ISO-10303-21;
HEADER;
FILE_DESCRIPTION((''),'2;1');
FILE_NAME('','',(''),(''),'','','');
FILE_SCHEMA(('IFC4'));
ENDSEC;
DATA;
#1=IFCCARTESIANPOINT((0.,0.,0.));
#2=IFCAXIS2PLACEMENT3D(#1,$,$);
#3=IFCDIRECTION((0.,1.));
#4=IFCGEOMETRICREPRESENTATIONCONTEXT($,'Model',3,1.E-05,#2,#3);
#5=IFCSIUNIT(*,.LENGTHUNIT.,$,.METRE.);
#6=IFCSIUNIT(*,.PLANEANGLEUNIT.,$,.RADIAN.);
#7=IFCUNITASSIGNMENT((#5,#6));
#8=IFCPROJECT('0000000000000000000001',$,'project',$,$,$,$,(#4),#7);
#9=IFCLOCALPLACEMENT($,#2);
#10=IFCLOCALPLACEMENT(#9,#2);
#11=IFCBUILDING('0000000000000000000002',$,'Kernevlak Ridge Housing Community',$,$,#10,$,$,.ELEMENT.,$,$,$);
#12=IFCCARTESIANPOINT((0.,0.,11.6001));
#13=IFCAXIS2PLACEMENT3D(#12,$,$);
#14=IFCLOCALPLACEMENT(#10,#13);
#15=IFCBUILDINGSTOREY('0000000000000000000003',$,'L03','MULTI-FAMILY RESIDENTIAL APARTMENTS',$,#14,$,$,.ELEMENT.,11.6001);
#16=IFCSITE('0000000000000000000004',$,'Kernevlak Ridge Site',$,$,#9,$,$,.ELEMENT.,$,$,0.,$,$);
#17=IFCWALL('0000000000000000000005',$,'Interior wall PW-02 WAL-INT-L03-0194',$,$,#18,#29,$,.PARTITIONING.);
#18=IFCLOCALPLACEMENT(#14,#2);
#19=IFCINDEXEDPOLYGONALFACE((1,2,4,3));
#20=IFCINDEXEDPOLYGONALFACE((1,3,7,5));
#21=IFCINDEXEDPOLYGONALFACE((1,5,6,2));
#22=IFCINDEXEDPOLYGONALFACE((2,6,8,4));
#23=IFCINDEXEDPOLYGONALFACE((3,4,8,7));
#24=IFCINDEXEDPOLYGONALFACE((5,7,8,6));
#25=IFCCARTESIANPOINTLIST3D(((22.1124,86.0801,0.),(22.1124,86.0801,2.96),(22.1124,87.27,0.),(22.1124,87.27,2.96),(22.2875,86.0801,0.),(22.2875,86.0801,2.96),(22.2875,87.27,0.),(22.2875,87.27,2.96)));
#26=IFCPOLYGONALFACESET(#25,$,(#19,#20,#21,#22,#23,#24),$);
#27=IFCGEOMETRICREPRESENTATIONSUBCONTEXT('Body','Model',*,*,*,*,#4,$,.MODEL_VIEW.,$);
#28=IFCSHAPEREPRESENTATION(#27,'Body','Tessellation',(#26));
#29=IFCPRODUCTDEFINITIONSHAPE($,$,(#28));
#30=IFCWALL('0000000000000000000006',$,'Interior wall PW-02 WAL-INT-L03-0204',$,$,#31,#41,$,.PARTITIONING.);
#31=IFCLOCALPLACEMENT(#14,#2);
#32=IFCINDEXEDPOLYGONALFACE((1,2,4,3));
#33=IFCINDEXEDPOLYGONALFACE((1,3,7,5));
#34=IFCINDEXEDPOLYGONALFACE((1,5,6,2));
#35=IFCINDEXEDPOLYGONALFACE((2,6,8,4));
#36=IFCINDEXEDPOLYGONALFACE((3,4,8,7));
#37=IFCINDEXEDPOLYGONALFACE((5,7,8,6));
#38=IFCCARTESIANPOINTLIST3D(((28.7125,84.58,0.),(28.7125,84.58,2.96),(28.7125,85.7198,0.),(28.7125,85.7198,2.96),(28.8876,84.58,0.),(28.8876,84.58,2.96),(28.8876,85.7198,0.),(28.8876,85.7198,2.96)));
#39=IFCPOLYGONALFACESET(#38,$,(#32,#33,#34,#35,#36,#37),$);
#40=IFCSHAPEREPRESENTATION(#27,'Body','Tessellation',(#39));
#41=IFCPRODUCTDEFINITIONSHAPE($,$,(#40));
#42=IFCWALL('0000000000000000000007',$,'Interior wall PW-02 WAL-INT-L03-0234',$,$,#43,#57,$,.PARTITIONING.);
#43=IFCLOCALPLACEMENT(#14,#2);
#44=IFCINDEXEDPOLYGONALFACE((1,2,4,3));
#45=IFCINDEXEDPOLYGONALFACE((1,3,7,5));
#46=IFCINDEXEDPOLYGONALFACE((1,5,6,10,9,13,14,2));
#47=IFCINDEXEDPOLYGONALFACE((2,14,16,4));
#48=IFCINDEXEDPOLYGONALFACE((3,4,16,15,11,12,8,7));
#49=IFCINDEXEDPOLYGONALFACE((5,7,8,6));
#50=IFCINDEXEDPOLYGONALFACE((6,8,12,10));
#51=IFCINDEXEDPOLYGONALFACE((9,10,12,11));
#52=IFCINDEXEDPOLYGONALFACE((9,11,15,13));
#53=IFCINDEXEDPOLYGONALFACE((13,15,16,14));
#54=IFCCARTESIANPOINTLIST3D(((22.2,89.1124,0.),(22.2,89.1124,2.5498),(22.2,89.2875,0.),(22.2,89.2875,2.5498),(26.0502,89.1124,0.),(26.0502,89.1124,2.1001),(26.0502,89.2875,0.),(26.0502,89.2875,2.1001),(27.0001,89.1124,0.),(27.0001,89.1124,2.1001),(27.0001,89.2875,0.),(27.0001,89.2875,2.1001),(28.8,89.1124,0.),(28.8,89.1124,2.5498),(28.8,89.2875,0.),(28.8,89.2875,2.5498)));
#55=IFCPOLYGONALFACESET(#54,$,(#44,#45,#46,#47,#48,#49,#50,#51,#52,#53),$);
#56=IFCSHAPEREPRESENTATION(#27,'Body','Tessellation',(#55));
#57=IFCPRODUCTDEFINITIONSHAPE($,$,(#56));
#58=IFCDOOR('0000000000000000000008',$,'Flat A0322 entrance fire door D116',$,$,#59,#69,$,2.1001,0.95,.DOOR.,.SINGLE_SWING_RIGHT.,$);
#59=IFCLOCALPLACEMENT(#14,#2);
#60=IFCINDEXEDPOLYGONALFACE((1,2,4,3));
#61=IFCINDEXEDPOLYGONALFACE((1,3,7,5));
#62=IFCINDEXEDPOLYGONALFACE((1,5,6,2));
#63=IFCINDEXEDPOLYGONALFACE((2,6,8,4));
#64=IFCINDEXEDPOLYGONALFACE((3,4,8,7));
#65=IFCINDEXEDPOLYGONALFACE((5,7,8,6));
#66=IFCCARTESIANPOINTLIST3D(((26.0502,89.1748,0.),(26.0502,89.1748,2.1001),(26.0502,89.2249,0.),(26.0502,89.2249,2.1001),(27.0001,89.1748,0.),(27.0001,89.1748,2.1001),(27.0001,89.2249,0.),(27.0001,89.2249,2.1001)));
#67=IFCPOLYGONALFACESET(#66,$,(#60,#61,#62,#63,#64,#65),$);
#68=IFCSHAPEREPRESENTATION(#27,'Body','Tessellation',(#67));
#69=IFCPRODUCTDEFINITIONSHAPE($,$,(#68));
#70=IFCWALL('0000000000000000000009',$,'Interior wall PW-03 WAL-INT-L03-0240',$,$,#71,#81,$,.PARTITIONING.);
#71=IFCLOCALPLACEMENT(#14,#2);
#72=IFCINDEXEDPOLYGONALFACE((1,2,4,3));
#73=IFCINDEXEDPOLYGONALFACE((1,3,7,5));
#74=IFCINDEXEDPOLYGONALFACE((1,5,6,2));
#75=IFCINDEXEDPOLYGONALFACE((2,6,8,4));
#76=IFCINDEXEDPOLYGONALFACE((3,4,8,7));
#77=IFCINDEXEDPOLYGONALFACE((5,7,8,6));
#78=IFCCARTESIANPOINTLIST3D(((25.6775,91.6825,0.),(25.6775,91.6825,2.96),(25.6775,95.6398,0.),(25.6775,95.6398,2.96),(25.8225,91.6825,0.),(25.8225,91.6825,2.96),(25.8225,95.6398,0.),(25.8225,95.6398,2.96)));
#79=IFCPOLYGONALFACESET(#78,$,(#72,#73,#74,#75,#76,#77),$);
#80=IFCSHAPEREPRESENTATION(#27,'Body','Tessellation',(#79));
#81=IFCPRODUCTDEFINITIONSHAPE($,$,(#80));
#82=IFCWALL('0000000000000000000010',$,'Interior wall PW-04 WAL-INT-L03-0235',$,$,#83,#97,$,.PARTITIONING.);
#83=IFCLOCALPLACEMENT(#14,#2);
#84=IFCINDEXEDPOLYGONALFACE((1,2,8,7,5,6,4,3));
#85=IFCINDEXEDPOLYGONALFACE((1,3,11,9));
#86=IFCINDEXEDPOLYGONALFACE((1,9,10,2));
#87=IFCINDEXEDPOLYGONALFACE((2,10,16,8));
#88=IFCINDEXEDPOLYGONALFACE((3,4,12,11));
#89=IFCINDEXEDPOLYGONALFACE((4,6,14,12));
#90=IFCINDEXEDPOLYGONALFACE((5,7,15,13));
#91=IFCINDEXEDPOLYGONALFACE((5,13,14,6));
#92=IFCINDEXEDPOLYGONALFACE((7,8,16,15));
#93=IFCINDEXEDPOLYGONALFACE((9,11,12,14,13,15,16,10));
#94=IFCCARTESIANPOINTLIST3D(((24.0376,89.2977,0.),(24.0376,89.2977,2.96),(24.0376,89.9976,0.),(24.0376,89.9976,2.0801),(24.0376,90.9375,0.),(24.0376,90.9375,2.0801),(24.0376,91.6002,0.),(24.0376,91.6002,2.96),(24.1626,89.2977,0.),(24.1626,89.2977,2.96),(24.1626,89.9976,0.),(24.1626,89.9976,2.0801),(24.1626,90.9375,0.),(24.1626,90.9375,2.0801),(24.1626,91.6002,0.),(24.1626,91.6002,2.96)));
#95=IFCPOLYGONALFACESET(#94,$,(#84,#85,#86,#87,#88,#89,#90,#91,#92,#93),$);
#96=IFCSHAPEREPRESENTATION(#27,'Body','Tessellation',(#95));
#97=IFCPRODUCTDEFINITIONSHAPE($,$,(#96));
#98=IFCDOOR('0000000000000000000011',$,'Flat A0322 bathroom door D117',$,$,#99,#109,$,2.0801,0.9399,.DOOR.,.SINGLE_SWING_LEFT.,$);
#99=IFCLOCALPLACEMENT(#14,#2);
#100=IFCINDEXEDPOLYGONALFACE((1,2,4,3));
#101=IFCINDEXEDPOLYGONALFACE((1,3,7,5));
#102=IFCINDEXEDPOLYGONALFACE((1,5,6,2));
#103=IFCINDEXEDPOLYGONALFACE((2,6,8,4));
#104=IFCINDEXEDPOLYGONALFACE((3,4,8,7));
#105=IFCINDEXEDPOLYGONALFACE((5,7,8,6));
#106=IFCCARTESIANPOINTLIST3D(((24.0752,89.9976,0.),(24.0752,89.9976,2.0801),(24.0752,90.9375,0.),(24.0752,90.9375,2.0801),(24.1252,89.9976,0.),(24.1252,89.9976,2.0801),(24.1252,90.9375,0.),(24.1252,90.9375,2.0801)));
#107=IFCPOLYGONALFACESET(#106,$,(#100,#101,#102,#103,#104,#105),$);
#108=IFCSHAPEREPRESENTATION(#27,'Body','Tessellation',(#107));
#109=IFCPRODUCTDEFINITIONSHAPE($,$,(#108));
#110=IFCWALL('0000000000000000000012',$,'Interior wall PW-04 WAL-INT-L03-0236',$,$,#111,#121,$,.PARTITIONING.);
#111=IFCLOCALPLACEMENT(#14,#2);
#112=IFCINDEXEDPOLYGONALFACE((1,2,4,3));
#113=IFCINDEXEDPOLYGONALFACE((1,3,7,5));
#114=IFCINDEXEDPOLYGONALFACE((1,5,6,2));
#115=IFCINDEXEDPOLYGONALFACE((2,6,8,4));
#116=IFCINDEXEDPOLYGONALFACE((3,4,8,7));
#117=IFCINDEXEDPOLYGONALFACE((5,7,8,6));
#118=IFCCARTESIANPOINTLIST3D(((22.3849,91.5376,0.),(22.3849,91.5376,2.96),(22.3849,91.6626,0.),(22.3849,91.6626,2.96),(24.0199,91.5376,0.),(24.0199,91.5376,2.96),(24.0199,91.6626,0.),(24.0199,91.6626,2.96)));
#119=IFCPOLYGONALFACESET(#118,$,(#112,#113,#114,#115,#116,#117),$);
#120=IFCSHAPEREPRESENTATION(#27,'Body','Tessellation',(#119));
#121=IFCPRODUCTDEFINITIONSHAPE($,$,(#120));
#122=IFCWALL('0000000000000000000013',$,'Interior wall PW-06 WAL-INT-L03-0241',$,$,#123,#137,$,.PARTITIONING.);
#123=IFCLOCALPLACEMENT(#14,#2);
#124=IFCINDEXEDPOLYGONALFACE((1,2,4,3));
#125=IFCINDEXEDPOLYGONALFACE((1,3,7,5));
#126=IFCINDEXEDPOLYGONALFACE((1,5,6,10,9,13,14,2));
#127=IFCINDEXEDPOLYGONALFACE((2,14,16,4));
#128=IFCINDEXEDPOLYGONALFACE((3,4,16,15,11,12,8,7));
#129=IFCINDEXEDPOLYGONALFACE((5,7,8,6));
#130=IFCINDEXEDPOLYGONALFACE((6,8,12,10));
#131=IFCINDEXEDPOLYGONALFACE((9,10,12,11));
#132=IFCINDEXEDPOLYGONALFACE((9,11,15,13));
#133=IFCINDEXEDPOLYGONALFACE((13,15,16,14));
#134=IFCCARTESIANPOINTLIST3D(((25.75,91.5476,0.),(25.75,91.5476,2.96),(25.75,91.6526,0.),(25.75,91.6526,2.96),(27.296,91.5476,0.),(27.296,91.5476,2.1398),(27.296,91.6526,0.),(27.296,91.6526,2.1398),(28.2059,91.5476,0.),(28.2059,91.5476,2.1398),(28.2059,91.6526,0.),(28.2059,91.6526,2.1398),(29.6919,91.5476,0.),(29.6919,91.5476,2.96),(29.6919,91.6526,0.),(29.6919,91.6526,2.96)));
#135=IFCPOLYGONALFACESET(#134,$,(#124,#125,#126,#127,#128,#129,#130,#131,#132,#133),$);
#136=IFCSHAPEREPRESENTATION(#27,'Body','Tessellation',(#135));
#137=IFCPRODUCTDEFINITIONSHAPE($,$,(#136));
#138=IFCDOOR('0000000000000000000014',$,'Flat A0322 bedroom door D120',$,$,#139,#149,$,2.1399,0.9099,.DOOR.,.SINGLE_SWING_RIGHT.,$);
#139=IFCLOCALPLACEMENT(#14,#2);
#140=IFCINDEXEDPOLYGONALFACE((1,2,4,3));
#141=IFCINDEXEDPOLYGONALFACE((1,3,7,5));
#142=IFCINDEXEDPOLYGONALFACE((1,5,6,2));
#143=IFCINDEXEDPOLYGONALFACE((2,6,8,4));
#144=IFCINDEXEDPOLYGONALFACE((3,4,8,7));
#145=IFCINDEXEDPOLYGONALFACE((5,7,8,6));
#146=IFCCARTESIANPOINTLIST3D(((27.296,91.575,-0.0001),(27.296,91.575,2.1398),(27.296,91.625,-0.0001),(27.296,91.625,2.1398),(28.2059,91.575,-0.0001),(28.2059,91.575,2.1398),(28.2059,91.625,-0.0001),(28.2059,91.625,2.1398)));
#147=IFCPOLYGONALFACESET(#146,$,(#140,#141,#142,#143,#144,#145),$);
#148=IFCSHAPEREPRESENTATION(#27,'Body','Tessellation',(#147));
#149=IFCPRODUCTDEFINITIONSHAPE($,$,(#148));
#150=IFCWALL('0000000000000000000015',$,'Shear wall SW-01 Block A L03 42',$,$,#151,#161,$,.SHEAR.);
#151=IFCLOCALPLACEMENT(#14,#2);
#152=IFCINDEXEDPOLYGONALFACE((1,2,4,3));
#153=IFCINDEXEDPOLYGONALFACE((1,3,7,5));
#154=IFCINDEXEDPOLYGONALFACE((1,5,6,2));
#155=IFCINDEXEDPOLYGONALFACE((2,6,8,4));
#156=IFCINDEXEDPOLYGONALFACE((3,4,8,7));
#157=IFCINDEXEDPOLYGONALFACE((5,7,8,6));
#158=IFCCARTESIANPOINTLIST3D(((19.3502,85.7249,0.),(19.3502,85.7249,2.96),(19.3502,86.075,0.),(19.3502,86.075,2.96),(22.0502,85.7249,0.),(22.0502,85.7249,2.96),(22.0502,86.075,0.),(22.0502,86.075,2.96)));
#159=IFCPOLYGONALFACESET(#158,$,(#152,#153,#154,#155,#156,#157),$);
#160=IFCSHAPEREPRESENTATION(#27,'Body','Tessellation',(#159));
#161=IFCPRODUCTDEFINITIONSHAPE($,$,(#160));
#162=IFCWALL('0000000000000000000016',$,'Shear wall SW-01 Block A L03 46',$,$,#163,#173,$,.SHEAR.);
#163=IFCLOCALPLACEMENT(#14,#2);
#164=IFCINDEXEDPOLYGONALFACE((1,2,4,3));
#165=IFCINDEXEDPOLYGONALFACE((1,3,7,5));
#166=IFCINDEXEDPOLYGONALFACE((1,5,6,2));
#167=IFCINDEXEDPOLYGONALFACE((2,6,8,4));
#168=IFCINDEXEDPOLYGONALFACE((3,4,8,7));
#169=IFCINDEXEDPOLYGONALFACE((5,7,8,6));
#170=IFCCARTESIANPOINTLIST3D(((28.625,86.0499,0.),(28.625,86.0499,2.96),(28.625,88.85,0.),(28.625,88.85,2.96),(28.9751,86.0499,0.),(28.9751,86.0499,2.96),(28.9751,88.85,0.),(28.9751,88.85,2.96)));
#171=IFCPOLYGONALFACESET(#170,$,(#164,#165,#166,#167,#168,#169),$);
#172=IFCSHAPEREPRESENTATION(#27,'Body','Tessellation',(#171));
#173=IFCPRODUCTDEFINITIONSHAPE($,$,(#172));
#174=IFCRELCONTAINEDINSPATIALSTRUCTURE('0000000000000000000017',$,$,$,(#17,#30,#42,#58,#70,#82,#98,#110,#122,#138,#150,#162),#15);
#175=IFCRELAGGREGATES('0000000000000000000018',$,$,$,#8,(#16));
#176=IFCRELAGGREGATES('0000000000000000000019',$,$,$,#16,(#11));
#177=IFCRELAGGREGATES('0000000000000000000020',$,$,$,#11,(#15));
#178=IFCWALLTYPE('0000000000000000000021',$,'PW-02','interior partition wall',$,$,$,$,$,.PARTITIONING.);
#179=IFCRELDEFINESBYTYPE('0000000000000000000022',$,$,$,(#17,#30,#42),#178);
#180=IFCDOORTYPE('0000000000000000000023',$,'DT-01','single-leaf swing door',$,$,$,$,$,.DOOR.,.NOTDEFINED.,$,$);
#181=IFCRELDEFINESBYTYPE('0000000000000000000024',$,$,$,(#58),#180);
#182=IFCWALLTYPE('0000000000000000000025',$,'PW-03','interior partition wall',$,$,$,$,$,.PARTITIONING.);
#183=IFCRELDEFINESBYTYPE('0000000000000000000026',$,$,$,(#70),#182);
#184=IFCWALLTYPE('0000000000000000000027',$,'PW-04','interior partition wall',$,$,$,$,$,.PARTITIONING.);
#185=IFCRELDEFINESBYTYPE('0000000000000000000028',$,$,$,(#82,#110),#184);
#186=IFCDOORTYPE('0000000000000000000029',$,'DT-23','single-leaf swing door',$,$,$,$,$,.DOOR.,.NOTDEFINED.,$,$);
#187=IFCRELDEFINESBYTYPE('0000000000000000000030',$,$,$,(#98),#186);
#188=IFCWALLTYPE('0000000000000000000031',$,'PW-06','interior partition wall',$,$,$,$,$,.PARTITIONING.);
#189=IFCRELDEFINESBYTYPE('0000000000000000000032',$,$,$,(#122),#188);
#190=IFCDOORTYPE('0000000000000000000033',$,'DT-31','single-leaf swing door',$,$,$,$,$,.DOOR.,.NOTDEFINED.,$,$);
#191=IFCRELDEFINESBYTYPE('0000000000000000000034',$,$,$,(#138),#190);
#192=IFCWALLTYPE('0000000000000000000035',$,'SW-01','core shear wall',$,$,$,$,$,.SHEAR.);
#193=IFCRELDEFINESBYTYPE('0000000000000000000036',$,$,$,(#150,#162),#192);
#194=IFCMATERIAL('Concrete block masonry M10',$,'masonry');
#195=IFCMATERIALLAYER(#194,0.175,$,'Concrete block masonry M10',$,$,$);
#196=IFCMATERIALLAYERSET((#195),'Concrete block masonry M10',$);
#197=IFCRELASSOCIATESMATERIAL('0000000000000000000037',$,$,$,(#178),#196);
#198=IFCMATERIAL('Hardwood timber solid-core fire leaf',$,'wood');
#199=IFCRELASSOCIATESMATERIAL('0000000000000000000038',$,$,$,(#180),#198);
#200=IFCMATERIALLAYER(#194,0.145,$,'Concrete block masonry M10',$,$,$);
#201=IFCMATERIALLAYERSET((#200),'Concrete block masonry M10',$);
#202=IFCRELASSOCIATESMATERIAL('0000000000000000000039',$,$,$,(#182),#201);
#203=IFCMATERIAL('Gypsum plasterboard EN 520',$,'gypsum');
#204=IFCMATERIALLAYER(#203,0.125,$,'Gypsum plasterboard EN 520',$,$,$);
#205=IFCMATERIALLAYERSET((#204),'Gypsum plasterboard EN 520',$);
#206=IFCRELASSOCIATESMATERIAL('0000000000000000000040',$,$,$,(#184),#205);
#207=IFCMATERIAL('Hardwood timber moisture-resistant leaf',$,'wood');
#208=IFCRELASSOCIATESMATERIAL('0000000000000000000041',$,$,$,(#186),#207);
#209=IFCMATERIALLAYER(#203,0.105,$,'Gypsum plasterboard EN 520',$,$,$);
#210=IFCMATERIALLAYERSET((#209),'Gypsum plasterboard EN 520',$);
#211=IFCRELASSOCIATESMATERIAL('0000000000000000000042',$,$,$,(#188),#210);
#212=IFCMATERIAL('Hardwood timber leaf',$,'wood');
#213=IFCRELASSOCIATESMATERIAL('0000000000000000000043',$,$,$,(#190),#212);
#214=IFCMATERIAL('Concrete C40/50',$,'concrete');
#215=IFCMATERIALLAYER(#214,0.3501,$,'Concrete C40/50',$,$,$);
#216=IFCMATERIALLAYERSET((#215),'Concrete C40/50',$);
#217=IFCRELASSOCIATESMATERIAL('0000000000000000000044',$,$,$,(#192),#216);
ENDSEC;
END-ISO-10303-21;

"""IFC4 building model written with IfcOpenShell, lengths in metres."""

from ifc_helpers import new_model, si_unit, direction, frame, frame_2d, origin, place, context, subcontext, project, spatial, rectangle, extrude, material, layer, layer_set, type_object, element, fill, save


model = new_model("IFC4")

# Units and contexts
model_context = context("Model", 3, precision=1e-05, world=origin(), true_north=direction((0.0, 1.0)))
body_context = subcontext(model_context, "Body", "Model", "MODEL_VIEW")
ifc_project = project(units=[si_unit("LENGTHUNIT", "METRE"), si_unit("PLANEANGLEUNIT", "RADIAN")], contexts=[model_context])

# Site, building, storey
site_placement = place(None, origin())
site = spatial("IfcSite", under=ifc_project, at=site_placement, Name="Kernevlak Ridge Site", CompositionType="ELEMENT", RefElevation=0.0)
building_placement = place(site_placement, origin())
building = spatial("IfcBuilding", under=site, at=building_placement, Name="Kernevlak Ridge Housing Community", CompositionType="ELEMENT")
storey_placement = place(building_placement, frame((0.0, 0.0, 11.6001)))
storey = spatial("IfcBuildingStorey", under=building, at=storey_placement, Name="L03", Description="MULTI-FAMILY RESIDENTIAL APARTMENTS", CompositionType="ELEMENT", Elevation=11.6001)

# Shared definitions
ifc_material_1 = material(Name="Concrete C40/50", Category="concrete")

# Shared definitions
ifc_material_2 = material(Name="Concrete block masonry M10", Category="masonry")

# Walls
ifc_layer_1 = layer(ifc_material_2, 0.175, Name="Concrete block masonry M10")
ifc_layer_set_1 = layer_set([ifc_layer_1], Name="Concrete block masonry M10")
wall_type_1 = type_object("IfcWallType", Name="PW-02", Description="interior partition wall", PredefinedType="PARTITIONING", material=ifc_layer_set_1)
wall_1_placement = place(storey_placement, frame((22.2, 86.0801, 0.0), z_axis=(0.0, 0.0, 1.0), x_axis=(0.0, 1.0, 0.0)))
element("IfcWall", 1, at=wall_1_placement, inside=storey, type_object=wall_type_1, Name="Interior wall PW-02 WAL-INT-L03-0194", PredefinedType="PARTITIONING", context=body_context, shape_type="SweptSolid", body=[
    extrude(rectangle(XDim=1.1899, YDim=0.175, at=frame_2d((0.595, 0.0))), origin(), (0.0, 0.0, 1.0), 2.96),
])
wall_2_placement = place(storey_placement, frame((28.8, 84.5801, 0.0), z_axis=(0.0, 0.0, 1.0), x_axis=(0.0, 1.0, 0.0)))
element("IfcWall", 2, at=wall_2_placement, inside=storey, type_object=wall_type_1, Name="Interior wall PW-02 WAL-INT-L03-0204", PredefinedType="PARTITIONING", context=body_context, shape_type="SweptSolid", body=[
    extrude(rectangle(XDim=1.1399, YDim=0.175, at=frame_2d((0.5698, 0.0))), origin(), (0.0, 0.0, 1.0), 2.96),
])

# Wall, opening, door
wall_3_placement = place(storey_placement, frame((22.2, 89.2, 0.0), z_axis=(0.0, 0.0, 1.0), x_axis=(1.0, 0.0, 0.0)))
wall_3 = element("IfcWall", 3, at=wall_3_placement, inside=storey, type_object=wall_type_1, Name="Interior wall PW-02 WAL-INT-L03-0234", PredefinedType="PARTITIONING", context=body_context, shape_type="SweptSolid", body=[
    extrude(rectangle(XDim=6.6001, YDim=0.175, at=frame_2d((3.3, 0.0))), origin(), (0.0, 0.0, 1.0), 2.5498),
])
opening_1_placement = place(wall_3_placement, frame((3.8501, 0.0, 0.0)))
opening_1 = element("IfcOpeningElement", 4, at=opening_1_placement, cuts=wall_3, PredefinedType="OPENING", context=body_context, shape_type="SweptSolid", body=[
    extrude(rectangle(XDim=0.95, YDim=2.1001, at=frame_2d((0.4751, 1.05))), frame((0.0, 0.0974, 0.0), z_axis=(0.0, -1.0, 0.0), x_axis=(1.0, 0.0, 0.0)), (0.0, 0.0, 1.0), 0.1951),
])
ifc_material_3 = material(Name="Hardwood timber solid-core fire leaf", Category="wood")
door_type_1 = type_object("IfcDoorType", Name="DT-01", Description="single-leaf swing door", OperationType="NOTDEFINED", PredefinedType="DOOR", material=ifc_material_3)
door_1_placement = place(opening_1_placement, origin())
door_1 = element("IfcDoor", 5, at=door_1_placement, inside=storey, type_object=door_type_1, Name="Flat A0322 entrance fire door D116", OperationType="SINGLE_SWING_RIGHT", OverallHeight=2.1001, OverallWidth=0.95, PredefinedType="DOOR", context=body_context, shape_type="SweptSolid", body=[
    extrude(rectangle(XDim=0.95, YDim=2.1001, at=frame_2d((0.4751, 1.05))), frame((0.0, 0.0249, 0.0), z_axis=(0.0, -1.0, 0.0), x_axis=(1.0, 0.0, 0.0)), (0.0, 0.0, 1.0), 0.05),
])
fill(opening_1, door_1)
ifc_layer_2 = layer(ifc_material_2, 0.145, Name="Concrete block masonry M10")
ifc_layer_set_2 = layer_set([ifc_layer_2], Name="Concrete block masonry M10")
wall_type_2 = type_object("IfcWallType", Name="PW-03", Description="interior partition wall", PredefinedType="PARTITIONING", material=ifc_layer_set_2)
ifc_material_4 = material(Name="Hardwood timber leaf", Category="wood")

# Wall
wall_4_placement = place(storey_placement, frame((25.75, 91.6826, 0.0), z_axis=(0.0, 0.0, 1.0), x_axis=(0.0, 1.0, 0.0)))
element("IfcWall", 6, at=wall_4_placement, inside=storey, type_object=wall_type_2, Name="Interior wall PW-03 WAL-INT-L03-0240", PredefinedType="PARTITIONING", context=body_context, shape_type="SweptSolid", body=[
    extrude(rectangle(XDim=3.9573, YDim=0.145, at=frame_2d((1.9785, 0.0))), origin(), (0.0, 0.0, 1.0), 2.96),
])

# Wall, opening, door
ifc_material_5 = material(Name="Gypsum plasterboard EN 520", Category="gypsum")
ifc_layer_3 = layer(ifc_material_5, 0.125, Name="Gypsum plasterboard EN 520")
ifc_layer_set_3 = layer_set([ifc_layer_3], Name="Gypsum plasterboard EN 520")
wall_type_3 = type_object("IfcWallType", Name="PW-04", Description="interior partition wall", PredefinedType="PARTITIONING", material=ifc_layer_set_3)
wall_5_placement = place(storey_placement, frame((24.1001, 89.2976, 0.0), z_axis=(0.0, 0.0, 1.0), x_axis=(0.0, 1.0, 0.0)))
wall_5 = element("IfcWall", 7, at=wall_5_placement, inside=storey, type_object=wall_type_3, Name="Interior wall PW-04 WAL-INT-L03-0235", PredefinedType="PARTITIONING", context=body_context, shape_type="SweptSolid", body=[
    extrude(rectangle(XDim=2.3025, YDim=0.125, at=frame_2d((1.1514, 0.0))), origin(), (0.0, 0.0, 1.0), 2.96),
])
opening_2_placement = place(wall_5_placement, frame((0.7, 0.0, 0.0)))
opening_2 = element("IfcOpeningElement", 8, at=opening_2_placement, cuts=wall_5, PredefinedType="OPENING", context=body_context, shape_type="SweptSolid", body=[
    extrude(rectangle(XDim=0.9399, YDim=2.0801, at=frame_2d((0.47, 1.04))), frame((0.0, 0.0725, 0.0), z_axis=(0.0, -1.0, 0.0), x_axis=(1.0, 0.0, 0.0)), (0.0, 0.0, 1.0), 0.145),
])
ifc_material_6 = material(Name="Hardwood timber moisture-resistant leaf", Category="wood")
door_type_2 = type_object("IfcDoorType", Name="DT-23", Description="single-leaf swing door", OperationType="NOTDEFINED", PredefinedType="DOOR", material=ifc_material_6)
door_2_placement = place(opening_2_placement, origin())
door_2 = element("IfcDoor", 9, at=door_2_placement, inside=storey, type_object=door_type_2, Name="Flat A0322 bathroom door D117", OperationType="SINGLE_SWING_LEFT", OverallHeight=2.0801, OverallWidth=0.9399, PredefinedType="DOOR", context=body_context, shape_type="SweptSolid", body=[
    extrude(rectangle(XDim=0.9399, YDim=2.0801, at=frame_2d((0.47, 1.04))), frame((0.0, 0.0249, 0.0), z_axis=(0.0, -1.0, 0.0), x_axis=(1.0, 0.0, 0.0)), (0.0, 0.0, 1.0), 0.05),
])
fill(opening_2, door_2)

# Wall
wall_6_placement = place(storey_placement, frame((22.385, 91.6001, 0.0), z_axis=(0.0, 0.0, 1.0), x_axis=(1.0, 0.0, 0.0)))
element("IfcWall", 10, at=wall_6_placement, inside=storey, type_object=wall_type_3, Name="Interior wall PW-04 WAL-INT-L03-0236", PredefinedType="PARTITIONING", context=body_context, shape_type="SweptSolid", body=[
    extrude(rectangle(XDim=1.635, YDim=0.125, at=frame_2d((0.8174, 0.0))), origin(), (0.0, 0.0, 1.0), 2.96),
])

# Wall, opening, door
ifc_layer_4 = layer(ifc_material_5, 0.105, Name="Gypsum plasterboard EN 520")
ifc_layer_set_4 = layer_set([ifc_layer_4], Name="Gypsum plasterboard EN 520")
wall_type_4 = type_object("IfcWallType", Name="PW-06", Description="interior partition wall", PredefinedType="PARTITIONING", material=ifc_layer_set_4)
wall_7_placement = place(storey_placement, frame((25.75, 91.6001, 0.0), z_axis=(0.0, 0.0, 1.0), x_axis=(1.0, 0.0, 0.0)))
wall_7 = element("IfcWall", 11, at=wall_7_placement, inside=storey, type_object=wall_type_4, Name="Interior wall PW-06 WAL-INT-L03-0241", PredefinedType="PARTITIONING", context=body_context, shape_type="SweptSolid", body=[
    extrude(rectangle(XDim=3.9419, YDim=0.105, at=frame_2d((1.9709, 0.0))), origin(), (0.0, 0.0, 1.0), 2.96),
])
opening_3_placement = place(wall_7_placement, frame((1.5459, 0.0, 0.0)))
opening_3 = element("IfcOpeningElement", 12, at=opening_3_placement, cuts=wall_7, PredefinedType="OPENING", context=body_context, shape_type="SweptSolid", body=[
    extrude(rectangle(XDim=0.9099, YDim=2.1399, at=frame_2d((0.4551, 1.0698))), frame((0.0, 0.0625, 0.0), z_axis=(0.0, -1.0, 0.0), x_axis=(1.0, 0.0, 0.0)), (0.0, 0.0, 1.0), 0.125),
])
door_type_3 = type_object("IfcDoorType", Name="DT-31", Description="single-leaf swing door", OperationType="NOTDEFINED", PredefinedType="DOOR", material=ifc_material_4)
door_3_placement = place(opening_3_placement, origin())
door_3 = element("IfcDoor", 13, at=door_3_placement, inside=storey, type_object=door_type_3, Name="Flat A0322 bedroom door D120", OperationType="SINGLE_SWING_RIGHT", OverallHeight=2.1399, OverallWidth=0.9099, PredefinedType="DOOR", context=body_context, shape_type="SweptSolid", body=[
    extrude(rectangle(XDim=0.9099, YDim=2.1399, at=frame_2d((0.4551, 1.0698))), frame((0.0, 0.0249, 0.0), z_axis=(0.0, -1.0, 0.0), x_axis=(1.0, 0.0, 0.0)), (0.0, 0.0, 1.0), 0.05),
])
fill(opening_3, door_3)

# Walls
ifc_layer_5 = layer(ifc_material_1, 0.3501, Name="Concrete C40/50")
ifc_layer_set_5 = layer_set([ifc_layer_5], Name="Concrete C40/50")
wall_type_5 = type_object("IfcWallType", Name="SW-01", Description="core shear wall", PredefinedType="SHEAR", material=ifc_layer_set_5)
wall_8_placement = place(storey_placement, frame((19.3501, 85.8999, 0.0), z_axis=(0.0, 0.0, 1.0), x_axis=(1.0, 0.0, 0.0)))
element("IfcWall", 14, at=wall_8_placement, inside=storey, type_object=wall_type_5, Name="Shear wall SW-01 Block A L03 42", PredefinedType="SHEAR", context=body_context, shape_type="SweptSolid", body=[
    extrude(rectangle(XDim=2.7, YDim=0.3501, at=frame_2d((1.3501, 0.0))), origin(), (0.0, 0.0, 1.0), 2.96),
])
wall_9_placement = place(storey_placement, frame((28.8, 86.05, 0.0), z_axis=(0.0, 0.0, 1.0), x_axis=(0.0, 1.0, 0.0)))
element("IfcWall", 15, at=wall_9_placement, inside=storey, type_object=wall_type_5, Name="Shear wall SW-01 Block A L03 46", PredefinedType="SHEAR", context=body_context, shape_type="SweptSolid", body=[
    extrude(rectangle(XDim=2.8, YDim=0.3501, at=frame_2d((1.3999, 0.0))), origin(), (0.0, 0.0, 1.0), 2.96),
])

save(model, "model.ifc")
